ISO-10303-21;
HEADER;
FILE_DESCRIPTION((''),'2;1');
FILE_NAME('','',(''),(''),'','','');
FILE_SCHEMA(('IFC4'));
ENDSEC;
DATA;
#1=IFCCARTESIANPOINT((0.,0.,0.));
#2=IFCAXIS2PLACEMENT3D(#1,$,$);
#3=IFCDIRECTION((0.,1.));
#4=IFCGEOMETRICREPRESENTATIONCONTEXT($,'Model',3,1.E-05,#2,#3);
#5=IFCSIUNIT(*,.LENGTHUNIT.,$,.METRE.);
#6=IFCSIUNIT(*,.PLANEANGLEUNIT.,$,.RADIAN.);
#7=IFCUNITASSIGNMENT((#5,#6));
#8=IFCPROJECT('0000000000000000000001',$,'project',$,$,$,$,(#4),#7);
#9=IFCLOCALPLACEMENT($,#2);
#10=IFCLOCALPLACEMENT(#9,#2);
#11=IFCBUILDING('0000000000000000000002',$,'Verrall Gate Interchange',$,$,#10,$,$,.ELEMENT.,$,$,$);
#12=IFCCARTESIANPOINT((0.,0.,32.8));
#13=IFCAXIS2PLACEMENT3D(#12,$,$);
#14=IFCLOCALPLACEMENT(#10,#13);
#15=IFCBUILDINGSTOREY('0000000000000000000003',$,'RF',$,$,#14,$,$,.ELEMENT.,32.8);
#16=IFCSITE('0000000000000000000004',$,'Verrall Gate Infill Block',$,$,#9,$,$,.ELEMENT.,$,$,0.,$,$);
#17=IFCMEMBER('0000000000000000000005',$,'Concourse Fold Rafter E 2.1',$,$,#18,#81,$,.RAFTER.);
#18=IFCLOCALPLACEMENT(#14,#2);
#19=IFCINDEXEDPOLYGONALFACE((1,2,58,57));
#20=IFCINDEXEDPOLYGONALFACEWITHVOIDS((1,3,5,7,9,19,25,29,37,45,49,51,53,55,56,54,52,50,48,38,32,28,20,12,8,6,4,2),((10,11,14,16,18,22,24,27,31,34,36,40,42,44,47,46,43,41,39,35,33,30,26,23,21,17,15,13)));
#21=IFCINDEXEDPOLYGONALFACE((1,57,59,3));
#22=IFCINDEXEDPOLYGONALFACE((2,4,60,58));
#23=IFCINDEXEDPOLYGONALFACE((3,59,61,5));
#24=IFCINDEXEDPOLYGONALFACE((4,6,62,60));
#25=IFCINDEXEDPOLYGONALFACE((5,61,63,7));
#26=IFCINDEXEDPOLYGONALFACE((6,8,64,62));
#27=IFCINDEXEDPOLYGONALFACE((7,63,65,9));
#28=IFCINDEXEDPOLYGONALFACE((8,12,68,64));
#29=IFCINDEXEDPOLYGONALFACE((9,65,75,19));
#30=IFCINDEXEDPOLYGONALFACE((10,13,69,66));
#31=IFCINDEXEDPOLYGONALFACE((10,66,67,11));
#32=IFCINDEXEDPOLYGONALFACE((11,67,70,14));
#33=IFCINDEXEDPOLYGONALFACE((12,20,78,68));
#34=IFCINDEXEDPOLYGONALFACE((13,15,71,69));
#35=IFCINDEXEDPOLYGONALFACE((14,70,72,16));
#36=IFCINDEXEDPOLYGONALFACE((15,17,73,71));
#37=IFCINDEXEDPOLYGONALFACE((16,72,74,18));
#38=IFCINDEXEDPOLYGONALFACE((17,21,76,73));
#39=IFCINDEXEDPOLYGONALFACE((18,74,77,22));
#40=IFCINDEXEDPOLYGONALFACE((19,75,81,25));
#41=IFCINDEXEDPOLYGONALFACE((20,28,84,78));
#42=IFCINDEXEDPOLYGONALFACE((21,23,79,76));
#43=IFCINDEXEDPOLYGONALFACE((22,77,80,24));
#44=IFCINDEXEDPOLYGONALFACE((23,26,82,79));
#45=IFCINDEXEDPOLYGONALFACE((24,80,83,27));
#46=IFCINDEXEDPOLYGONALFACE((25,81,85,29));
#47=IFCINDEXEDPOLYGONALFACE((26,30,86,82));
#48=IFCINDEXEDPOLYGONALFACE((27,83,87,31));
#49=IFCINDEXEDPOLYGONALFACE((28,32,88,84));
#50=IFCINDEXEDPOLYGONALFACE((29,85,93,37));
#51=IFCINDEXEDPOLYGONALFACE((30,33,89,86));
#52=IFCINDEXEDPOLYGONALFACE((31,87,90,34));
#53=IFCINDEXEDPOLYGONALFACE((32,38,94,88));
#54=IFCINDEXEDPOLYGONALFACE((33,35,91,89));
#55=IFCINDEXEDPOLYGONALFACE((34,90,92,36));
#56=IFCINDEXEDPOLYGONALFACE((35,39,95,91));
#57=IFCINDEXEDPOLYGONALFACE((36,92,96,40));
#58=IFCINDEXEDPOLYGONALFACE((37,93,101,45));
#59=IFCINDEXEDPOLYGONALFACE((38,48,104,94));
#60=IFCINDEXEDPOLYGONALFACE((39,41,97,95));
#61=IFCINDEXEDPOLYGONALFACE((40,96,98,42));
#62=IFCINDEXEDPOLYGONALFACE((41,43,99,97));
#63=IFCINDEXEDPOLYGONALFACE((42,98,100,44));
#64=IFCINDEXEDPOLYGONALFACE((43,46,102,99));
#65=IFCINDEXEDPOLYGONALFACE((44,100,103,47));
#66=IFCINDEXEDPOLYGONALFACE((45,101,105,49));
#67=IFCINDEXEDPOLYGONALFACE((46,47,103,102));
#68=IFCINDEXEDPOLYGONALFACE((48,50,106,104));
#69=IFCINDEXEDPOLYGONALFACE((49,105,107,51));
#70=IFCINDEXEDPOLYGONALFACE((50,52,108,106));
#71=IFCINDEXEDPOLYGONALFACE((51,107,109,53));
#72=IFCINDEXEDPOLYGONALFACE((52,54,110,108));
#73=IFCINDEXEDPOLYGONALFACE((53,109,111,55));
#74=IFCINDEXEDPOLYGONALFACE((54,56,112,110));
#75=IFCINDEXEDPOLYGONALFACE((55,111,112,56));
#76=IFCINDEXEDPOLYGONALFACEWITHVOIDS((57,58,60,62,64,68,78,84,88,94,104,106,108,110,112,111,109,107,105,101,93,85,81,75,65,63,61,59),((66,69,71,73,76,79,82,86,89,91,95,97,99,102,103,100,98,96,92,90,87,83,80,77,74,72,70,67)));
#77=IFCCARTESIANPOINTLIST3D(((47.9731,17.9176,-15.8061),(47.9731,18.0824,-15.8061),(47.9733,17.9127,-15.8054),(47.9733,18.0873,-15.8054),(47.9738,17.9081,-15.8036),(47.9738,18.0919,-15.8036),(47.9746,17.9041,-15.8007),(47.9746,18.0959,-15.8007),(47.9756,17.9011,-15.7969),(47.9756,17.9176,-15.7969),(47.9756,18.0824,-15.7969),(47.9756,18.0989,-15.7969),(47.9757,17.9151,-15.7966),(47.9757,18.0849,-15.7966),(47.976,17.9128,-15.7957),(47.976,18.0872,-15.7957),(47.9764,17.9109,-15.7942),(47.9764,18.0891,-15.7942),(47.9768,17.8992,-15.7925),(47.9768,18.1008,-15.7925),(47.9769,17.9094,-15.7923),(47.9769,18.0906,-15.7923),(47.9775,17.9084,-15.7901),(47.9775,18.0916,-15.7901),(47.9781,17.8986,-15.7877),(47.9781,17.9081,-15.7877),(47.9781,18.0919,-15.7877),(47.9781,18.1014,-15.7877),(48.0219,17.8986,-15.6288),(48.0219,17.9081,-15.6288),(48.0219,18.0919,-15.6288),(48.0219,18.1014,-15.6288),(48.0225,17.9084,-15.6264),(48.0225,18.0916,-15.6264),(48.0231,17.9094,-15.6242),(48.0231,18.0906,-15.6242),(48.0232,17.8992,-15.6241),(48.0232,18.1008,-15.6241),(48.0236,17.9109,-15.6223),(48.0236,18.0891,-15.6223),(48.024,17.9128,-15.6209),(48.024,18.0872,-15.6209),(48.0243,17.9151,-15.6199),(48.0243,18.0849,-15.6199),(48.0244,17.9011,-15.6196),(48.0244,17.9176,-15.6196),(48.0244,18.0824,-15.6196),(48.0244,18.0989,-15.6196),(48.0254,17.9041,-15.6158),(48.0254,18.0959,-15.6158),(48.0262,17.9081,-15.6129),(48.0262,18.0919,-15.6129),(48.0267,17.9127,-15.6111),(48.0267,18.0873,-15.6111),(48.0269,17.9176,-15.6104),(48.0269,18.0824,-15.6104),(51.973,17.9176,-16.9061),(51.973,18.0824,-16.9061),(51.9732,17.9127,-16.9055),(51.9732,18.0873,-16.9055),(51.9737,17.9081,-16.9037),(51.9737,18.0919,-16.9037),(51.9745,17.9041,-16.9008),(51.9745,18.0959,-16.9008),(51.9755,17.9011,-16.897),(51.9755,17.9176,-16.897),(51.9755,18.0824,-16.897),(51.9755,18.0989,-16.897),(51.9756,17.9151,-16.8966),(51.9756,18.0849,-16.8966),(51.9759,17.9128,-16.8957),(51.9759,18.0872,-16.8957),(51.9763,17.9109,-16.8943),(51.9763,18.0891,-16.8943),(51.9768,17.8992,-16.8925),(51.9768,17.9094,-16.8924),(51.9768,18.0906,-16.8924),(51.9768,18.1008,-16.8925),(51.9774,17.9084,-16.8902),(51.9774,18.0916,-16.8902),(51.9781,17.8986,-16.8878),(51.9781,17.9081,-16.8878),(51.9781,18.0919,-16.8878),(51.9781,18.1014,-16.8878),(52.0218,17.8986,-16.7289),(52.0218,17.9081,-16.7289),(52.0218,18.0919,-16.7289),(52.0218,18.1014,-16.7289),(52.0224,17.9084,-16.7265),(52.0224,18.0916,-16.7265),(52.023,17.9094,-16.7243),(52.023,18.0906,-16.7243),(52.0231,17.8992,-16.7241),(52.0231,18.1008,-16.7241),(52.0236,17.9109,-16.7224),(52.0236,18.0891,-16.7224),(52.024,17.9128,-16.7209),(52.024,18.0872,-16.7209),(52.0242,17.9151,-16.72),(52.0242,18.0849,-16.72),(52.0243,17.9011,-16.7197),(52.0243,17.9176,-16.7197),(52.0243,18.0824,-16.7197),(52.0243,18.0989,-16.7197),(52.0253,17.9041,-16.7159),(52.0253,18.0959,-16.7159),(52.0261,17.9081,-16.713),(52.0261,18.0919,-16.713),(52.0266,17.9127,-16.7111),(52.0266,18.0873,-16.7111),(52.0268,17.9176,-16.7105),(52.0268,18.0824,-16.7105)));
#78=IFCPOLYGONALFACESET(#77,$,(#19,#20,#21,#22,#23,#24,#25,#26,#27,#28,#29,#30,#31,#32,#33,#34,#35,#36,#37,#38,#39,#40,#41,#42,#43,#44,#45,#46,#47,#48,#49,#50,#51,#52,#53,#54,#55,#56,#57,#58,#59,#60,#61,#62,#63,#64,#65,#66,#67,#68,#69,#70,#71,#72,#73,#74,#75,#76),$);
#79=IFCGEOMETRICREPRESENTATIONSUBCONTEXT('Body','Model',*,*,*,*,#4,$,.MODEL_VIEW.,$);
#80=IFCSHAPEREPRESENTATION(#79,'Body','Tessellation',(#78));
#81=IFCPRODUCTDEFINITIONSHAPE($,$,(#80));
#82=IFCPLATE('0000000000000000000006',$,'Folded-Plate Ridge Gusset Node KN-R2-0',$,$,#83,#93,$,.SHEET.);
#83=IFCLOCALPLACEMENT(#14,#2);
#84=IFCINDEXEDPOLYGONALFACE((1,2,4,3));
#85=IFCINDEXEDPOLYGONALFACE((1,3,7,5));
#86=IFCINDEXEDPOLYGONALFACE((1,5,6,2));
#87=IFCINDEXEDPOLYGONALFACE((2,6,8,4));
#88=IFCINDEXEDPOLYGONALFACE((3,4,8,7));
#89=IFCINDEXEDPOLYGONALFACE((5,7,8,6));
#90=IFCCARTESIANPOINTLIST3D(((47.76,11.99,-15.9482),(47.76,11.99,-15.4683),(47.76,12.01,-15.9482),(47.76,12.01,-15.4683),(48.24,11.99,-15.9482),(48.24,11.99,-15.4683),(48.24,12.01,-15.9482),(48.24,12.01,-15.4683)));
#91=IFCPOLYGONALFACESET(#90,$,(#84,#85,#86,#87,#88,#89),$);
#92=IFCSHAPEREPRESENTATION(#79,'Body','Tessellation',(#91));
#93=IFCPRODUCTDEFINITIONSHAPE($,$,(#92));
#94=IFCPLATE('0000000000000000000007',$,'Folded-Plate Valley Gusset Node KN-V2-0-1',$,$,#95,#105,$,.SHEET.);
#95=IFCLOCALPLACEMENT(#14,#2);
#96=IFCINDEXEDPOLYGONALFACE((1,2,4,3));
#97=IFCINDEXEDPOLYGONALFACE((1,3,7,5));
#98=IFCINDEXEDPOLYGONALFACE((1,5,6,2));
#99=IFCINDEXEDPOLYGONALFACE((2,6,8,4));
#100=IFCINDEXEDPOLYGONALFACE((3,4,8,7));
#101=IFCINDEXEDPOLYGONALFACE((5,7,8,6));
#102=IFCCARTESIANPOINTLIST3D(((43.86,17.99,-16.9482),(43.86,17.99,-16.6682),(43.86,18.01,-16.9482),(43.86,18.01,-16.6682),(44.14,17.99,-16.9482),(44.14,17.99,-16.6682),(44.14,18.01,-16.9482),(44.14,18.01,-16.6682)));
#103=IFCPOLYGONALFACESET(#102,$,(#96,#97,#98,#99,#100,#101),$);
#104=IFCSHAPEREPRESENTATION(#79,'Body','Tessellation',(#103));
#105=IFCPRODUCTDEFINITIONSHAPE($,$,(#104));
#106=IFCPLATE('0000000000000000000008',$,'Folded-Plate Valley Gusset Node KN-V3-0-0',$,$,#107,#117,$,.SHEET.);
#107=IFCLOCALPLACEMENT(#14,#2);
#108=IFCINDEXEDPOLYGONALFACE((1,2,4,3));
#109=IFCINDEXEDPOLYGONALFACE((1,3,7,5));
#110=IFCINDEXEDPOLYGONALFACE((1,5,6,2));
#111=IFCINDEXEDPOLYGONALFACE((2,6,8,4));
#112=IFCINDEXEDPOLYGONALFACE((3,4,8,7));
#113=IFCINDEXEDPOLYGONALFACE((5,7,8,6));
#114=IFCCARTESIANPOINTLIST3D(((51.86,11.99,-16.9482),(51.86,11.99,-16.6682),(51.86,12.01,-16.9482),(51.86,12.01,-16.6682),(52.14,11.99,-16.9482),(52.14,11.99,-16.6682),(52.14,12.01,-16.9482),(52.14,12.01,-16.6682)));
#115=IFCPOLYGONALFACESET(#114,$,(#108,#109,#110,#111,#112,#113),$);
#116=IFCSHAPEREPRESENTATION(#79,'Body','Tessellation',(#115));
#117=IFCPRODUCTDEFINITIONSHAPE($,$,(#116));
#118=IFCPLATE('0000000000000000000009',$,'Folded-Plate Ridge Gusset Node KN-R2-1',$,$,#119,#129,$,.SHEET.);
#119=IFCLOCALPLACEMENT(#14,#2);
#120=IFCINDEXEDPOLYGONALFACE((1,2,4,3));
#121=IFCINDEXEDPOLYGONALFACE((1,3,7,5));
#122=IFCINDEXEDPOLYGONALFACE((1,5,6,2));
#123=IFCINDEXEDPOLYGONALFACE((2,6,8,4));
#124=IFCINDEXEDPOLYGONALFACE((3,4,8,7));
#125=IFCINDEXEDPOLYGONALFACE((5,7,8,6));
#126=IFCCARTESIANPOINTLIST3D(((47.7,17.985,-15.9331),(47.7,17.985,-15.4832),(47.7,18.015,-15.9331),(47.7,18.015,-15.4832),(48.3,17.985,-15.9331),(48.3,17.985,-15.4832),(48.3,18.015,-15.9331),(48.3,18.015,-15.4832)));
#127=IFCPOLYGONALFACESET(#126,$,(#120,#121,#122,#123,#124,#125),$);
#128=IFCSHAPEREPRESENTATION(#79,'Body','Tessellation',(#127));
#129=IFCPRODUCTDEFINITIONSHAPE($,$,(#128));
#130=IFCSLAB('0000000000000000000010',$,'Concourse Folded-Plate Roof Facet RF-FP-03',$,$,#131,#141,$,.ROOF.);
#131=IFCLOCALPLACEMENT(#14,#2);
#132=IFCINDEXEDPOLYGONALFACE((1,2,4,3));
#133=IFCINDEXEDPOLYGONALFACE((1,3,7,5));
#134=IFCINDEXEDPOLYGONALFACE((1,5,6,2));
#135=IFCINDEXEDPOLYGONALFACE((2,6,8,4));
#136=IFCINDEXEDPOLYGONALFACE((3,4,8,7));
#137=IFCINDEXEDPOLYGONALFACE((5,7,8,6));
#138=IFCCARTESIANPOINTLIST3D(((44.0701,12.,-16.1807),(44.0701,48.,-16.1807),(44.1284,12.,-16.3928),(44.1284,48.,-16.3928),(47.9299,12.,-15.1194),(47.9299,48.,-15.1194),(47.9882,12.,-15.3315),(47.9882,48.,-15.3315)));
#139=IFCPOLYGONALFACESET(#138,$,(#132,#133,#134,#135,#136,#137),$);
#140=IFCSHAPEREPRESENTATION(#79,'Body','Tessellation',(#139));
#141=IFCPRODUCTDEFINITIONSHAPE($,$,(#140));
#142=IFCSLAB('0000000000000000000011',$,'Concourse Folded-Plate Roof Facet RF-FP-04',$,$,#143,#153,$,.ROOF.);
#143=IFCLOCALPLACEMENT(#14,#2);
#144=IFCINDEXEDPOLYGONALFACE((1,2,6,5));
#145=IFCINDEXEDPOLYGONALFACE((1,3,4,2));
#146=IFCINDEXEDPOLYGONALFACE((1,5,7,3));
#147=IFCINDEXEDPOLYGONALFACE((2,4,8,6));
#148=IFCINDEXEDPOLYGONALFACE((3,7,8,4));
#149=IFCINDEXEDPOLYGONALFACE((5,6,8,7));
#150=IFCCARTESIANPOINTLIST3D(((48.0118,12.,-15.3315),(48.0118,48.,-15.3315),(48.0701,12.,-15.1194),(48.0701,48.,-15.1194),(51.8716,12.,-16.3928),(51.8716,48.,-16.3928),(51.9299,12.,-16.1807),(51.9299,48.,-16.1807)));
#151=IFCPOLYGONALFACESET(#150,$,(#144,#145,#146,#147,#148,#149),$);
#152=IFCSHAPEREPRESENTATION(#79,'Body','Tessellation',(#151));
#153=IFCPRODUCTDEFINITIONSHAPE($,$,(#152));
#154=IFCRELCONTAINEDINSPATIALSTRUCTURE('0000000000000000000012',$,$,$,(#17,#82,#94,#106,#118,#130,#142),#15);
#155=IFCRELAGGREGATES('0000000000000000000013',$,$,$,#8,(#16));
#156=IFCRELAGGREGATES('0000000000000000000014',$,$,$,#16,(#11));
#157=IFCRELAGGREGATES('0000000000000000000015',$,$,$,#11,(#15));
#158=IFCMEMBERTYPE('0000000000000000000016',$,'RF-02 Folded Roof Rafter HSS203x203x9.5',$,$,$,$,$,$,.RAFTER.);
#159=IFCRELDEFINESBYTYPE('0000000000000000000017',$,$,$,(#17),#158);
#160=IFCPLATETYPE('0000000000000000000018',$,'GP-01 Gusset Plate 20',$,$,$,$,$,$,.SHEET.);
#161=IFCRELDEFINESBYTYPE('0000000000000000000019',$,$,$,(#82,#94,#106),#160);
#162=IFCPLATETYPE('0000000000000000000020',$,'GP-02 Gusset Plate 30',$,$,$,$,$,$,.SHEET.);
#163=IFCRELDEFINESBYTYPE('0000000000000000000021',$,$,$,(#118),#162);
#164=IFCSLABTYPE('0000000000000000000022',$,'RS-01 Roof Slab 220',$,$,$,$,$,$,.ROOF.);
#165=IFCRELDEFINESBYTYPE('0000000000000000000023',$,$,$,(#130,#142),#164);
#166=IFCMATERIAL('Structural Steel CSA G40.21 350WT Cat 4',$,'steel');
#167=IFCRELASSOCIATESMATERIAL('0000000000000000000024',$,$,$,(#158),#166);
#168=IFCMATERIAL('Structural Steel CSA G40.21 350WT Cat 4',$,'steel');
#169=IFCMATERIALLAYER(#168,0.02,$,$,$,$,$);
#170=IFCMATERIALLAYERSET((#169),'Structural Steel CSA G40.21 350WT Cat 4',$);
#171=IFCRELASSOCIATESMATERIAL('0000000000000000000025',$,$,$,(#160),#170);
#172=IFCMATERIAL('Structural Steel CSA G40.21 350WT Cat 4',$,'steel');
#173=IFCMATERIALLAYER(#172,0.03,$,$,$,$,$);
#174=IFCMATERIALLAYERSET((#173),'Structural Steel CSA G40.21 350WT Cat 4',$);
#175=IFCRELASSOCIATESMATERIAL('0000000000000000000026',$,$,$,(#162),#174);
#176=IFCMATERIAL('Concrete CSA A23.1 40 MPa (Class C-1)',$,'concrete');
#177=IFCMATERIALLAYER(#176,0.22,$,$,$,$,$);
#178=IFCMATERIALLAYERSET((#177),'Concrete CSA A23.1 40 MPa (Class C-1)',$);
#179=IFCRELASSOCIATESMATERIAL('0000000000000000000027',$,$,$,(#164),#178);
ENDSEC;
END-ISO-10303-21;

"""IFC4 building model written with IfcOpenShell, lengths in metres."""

from ifc_helpers import new_model, si_unit, direction, frame, origin, origin_2d, place, context, subcontext, project, spatial, polyline, rectangle, hollow_rectangle, outline, extrude, material, layer, layer_set, material_profile, profile_set, type_object, element, save


model = new_model("IFC4")

# Units and contexts
model_context = context("Model", 3, precision=1e-05, world=origin(), true_north=direction((0.0, 1.0)))
body_context = subcontext(model_context, "Body", "Model", "MODEL_VIEW")
ifc_project = project(units=[si_unit("LENGTHUNIT", "METRE"), si_unit("PLANEANGLEUNIT", "RADIAN")], contexts=[model_context])

# Site, building, storey
site_placement = place(None, origin())
site = spatial("IfcSite", under=ifc_project, at=site_placement, Name="Verrall Gate Infill Block", CompositionType="ELEMENT", RefElevation=0.0)
building_placement = place(site_placement, origin())
building = spatial("IfcBuilding", under=site, at=building_placement, Name="Verrall Gate Interchange", CompositionType="ELEMENT")
storey_placement = place(building_placement, frame((0.0, 0.0, 32.8)))
storey = spatial("IfcBuildingStorey", under=building, at=storey_placement, Name="RF", CompositionType="ELEMENT", Elevation=32.8)

# Member
ifc_material_1 = material(Name="Structural Steel CSA G40.21 350WT Cat 4", Category="steel")
ifc_material_profile_1 = material_profile(ifc_material_1, hollow_rectangle(XDim=0.2029, YDim=0.2029, WallThickness=0.0095, InnerFilletRadius=0.0095, OuterFilletRadius=0.019, at=origin_2d()), Name="HSS203x203x9.5")
ifc_profile_set_1 = profile_set([ifc_material_profile_1], Name="Structural Steel CSA G40.21 350WT Cat 4")
member_type_1 = type_object("IfcMemberType", Name="RF-02 Folded Roof Rafter HSS203x203x9.5", PredefinedType="RAFTER", material=ifc_profile_set_1)
member_placement = place(storey_placement, frame((48.0, 18.0, -15.7083), z_axis=(0.964199, 0.0, -0.265178), x_axis=(0.0, 1.0, 0.0)))
element("IfcMember", 1, at=member_placement, inside=storey, type_object=member_type_1, Name="Concourse Fold Rafter E 2.1", PredefinedType="RAFTER", context=body_context, shape_type="SweptSolid", body=[
    extrude(hollow_rectangle(XDim=0.2029, YDim=0.2029, WallThickness=0.0095, InnerFilletRadius=0.0095, OuterFilletRadius=0.019, at=origin_2d()), origin(), (0.0, 0.0, 1.0), 4.1484),
])

# Plates
ifc_material_2 = material(Name="Structural Steel CSA G40.21 350WT Cat 4", Category="steel")
ifc_layer_1 = layer(ifc_material_2, 0.02)
ifc_layer_set_1 = layer_set([ifc_layer_1], Name="Structural Steel CSA G40.21 350WT Cat 4")
plate_type_1 = type_object("IfcPlateType", Name="GP-01 Gusset Plate 20", PredefinedType="SHEET", material=ifc_layer_set_1)
plate_1_placement = place(storey_placement, frame((48.0, 12.0, -15.9482), z_axis=(0.0, 0.0, 1.0), x_axis=(1.0, 0.0, 0.0)))
element("IfcPlate", 2, at=plate_1_placement, inside=storey, type_object=plate_type_1, Name="Folded-Plate Ridge Gusset Node KN-R2-0", PredefinedType="SHEET", context=body_context, shape_type="SweptSolid", body=[
    extrude(rectangle(XDim=0.48, YDim=0.02, at=origin_2d()), origin(), (0.0, 0.0, 1.0), 0.48),
])
for number, where, z_axis, x_axis, name in (
    (3, (44.0, 18.0, -16.9482), (0.0, 0.0, 1.0), (1.0, 0.0, 0.0), "Folded-Plate Valley Gusset Node KN-V2-0-1"),
    (4, (52.0, 12.0, -16.9482), (0.0, 0.0, 1.0), (1.0, 0.0, 0.0), "Folded-Plate Valley Gusset Node KN-V3-0-0"),
):
    element("IfcPlate", number, at=place(storey_placement, frame(where, z_axis=z_axis, x_axis=x_axis)), inside=storey, type_object=plate_type_1, Name=name, PredefinedType="SHEET", context=body_context, shape_type="SweptSolid", body=[
        extrude(rectangle(XDim=0.28, YDim=0.02, at=origin_2d()), origin(), (0.0, 0.0, 1.0), 0.28),
    ])
ifc_material_3 = material(Name="Structural Steel CSA G40.21 350WT Cat 4", Category="steel")
ifc_layer_2 = layer(ifc_material_3, 0.03)
ifc_layer_set_2 = layer_set([ifc_layer_2], Name="Structural Steel CSA G40.21 350WT Cat 4")
plate_type_2 = type_object("IfcPlateType", Name="GP-02 Gusset Plate 30", PredefinedType="SHEET", material=ifc_layer_set_2)
plate_2_placement = place(storey_placement, frame((48.0, 18.0, -15.9331), z_axis=(0.0, 0.0, 1.0), x_axis=(1.0, 0.0, 0.0)))
element("IfcPlate", 5, at=plate_2_placement, inside=storey, type_object=plate_type_2, Name="Folded-Plate Ridge Gusset Node KN-R2-1", PredefinedType="SHEET", context=body_context, shape_type="SweptSolid", body=[
    extrude(rectangle(XDim=0.6001, YDim=0.03, at=origin_2d()), origin(), (0.0, 0.0, 1.0), 0.45),
])

# Slabs
ifc_material_4 = material(Name="Concrete CSA A23.1 40 MPa (Class C-1)", Category="concrete")
ifc_layer_3 = layer(ifc_material_4, 0.22)
ifc_layer_set_3 = layer_set([ifc_layer_3], Name="Concrete CSA A23.1 40 MPa (Class C-1)")
slab_type = type_object("IfcSlabType", Name="RS-01 Roof Slab 220", PredefinedType="ROOF", material=ifc_layer_set_3)
for number, where, z_axis, x_axis, name in (
    (6, (44.0701, 12.0, -16.1807), (-0.265114, 0.0, 0.964217), (0.964217, 0.0, 0.265114), "Concourse Folded-Plate Roof Facet RF-FP-03"),
    (7, (48.0701, 12.0, -15.1194), (0.265114, 0.0, 0.964217), (0.964217, 0.0, -0.265114), "Concourse Folded-Plate Roof Facet RF-FP-04"),
):
    element("IfcSlab", number, at=place(storey_placement, frame(where, z_axis=z_axis, x_axis=x_axis)), inside=storey, type_object=slab_type, Name=name, PredefinedType="ROOF", context=body_context, shape_type="SweptSolid", body=[
        extrude(outline(polyline([(0.0, 0.0), (4.0031, 0.0), (4.0031, 36.0), (0.0, 36.0), (0.0, 0.0)])), origin(), (0.0, 0.0, -1.0), 0.22),
    ])

save(model, "model.ifc")
